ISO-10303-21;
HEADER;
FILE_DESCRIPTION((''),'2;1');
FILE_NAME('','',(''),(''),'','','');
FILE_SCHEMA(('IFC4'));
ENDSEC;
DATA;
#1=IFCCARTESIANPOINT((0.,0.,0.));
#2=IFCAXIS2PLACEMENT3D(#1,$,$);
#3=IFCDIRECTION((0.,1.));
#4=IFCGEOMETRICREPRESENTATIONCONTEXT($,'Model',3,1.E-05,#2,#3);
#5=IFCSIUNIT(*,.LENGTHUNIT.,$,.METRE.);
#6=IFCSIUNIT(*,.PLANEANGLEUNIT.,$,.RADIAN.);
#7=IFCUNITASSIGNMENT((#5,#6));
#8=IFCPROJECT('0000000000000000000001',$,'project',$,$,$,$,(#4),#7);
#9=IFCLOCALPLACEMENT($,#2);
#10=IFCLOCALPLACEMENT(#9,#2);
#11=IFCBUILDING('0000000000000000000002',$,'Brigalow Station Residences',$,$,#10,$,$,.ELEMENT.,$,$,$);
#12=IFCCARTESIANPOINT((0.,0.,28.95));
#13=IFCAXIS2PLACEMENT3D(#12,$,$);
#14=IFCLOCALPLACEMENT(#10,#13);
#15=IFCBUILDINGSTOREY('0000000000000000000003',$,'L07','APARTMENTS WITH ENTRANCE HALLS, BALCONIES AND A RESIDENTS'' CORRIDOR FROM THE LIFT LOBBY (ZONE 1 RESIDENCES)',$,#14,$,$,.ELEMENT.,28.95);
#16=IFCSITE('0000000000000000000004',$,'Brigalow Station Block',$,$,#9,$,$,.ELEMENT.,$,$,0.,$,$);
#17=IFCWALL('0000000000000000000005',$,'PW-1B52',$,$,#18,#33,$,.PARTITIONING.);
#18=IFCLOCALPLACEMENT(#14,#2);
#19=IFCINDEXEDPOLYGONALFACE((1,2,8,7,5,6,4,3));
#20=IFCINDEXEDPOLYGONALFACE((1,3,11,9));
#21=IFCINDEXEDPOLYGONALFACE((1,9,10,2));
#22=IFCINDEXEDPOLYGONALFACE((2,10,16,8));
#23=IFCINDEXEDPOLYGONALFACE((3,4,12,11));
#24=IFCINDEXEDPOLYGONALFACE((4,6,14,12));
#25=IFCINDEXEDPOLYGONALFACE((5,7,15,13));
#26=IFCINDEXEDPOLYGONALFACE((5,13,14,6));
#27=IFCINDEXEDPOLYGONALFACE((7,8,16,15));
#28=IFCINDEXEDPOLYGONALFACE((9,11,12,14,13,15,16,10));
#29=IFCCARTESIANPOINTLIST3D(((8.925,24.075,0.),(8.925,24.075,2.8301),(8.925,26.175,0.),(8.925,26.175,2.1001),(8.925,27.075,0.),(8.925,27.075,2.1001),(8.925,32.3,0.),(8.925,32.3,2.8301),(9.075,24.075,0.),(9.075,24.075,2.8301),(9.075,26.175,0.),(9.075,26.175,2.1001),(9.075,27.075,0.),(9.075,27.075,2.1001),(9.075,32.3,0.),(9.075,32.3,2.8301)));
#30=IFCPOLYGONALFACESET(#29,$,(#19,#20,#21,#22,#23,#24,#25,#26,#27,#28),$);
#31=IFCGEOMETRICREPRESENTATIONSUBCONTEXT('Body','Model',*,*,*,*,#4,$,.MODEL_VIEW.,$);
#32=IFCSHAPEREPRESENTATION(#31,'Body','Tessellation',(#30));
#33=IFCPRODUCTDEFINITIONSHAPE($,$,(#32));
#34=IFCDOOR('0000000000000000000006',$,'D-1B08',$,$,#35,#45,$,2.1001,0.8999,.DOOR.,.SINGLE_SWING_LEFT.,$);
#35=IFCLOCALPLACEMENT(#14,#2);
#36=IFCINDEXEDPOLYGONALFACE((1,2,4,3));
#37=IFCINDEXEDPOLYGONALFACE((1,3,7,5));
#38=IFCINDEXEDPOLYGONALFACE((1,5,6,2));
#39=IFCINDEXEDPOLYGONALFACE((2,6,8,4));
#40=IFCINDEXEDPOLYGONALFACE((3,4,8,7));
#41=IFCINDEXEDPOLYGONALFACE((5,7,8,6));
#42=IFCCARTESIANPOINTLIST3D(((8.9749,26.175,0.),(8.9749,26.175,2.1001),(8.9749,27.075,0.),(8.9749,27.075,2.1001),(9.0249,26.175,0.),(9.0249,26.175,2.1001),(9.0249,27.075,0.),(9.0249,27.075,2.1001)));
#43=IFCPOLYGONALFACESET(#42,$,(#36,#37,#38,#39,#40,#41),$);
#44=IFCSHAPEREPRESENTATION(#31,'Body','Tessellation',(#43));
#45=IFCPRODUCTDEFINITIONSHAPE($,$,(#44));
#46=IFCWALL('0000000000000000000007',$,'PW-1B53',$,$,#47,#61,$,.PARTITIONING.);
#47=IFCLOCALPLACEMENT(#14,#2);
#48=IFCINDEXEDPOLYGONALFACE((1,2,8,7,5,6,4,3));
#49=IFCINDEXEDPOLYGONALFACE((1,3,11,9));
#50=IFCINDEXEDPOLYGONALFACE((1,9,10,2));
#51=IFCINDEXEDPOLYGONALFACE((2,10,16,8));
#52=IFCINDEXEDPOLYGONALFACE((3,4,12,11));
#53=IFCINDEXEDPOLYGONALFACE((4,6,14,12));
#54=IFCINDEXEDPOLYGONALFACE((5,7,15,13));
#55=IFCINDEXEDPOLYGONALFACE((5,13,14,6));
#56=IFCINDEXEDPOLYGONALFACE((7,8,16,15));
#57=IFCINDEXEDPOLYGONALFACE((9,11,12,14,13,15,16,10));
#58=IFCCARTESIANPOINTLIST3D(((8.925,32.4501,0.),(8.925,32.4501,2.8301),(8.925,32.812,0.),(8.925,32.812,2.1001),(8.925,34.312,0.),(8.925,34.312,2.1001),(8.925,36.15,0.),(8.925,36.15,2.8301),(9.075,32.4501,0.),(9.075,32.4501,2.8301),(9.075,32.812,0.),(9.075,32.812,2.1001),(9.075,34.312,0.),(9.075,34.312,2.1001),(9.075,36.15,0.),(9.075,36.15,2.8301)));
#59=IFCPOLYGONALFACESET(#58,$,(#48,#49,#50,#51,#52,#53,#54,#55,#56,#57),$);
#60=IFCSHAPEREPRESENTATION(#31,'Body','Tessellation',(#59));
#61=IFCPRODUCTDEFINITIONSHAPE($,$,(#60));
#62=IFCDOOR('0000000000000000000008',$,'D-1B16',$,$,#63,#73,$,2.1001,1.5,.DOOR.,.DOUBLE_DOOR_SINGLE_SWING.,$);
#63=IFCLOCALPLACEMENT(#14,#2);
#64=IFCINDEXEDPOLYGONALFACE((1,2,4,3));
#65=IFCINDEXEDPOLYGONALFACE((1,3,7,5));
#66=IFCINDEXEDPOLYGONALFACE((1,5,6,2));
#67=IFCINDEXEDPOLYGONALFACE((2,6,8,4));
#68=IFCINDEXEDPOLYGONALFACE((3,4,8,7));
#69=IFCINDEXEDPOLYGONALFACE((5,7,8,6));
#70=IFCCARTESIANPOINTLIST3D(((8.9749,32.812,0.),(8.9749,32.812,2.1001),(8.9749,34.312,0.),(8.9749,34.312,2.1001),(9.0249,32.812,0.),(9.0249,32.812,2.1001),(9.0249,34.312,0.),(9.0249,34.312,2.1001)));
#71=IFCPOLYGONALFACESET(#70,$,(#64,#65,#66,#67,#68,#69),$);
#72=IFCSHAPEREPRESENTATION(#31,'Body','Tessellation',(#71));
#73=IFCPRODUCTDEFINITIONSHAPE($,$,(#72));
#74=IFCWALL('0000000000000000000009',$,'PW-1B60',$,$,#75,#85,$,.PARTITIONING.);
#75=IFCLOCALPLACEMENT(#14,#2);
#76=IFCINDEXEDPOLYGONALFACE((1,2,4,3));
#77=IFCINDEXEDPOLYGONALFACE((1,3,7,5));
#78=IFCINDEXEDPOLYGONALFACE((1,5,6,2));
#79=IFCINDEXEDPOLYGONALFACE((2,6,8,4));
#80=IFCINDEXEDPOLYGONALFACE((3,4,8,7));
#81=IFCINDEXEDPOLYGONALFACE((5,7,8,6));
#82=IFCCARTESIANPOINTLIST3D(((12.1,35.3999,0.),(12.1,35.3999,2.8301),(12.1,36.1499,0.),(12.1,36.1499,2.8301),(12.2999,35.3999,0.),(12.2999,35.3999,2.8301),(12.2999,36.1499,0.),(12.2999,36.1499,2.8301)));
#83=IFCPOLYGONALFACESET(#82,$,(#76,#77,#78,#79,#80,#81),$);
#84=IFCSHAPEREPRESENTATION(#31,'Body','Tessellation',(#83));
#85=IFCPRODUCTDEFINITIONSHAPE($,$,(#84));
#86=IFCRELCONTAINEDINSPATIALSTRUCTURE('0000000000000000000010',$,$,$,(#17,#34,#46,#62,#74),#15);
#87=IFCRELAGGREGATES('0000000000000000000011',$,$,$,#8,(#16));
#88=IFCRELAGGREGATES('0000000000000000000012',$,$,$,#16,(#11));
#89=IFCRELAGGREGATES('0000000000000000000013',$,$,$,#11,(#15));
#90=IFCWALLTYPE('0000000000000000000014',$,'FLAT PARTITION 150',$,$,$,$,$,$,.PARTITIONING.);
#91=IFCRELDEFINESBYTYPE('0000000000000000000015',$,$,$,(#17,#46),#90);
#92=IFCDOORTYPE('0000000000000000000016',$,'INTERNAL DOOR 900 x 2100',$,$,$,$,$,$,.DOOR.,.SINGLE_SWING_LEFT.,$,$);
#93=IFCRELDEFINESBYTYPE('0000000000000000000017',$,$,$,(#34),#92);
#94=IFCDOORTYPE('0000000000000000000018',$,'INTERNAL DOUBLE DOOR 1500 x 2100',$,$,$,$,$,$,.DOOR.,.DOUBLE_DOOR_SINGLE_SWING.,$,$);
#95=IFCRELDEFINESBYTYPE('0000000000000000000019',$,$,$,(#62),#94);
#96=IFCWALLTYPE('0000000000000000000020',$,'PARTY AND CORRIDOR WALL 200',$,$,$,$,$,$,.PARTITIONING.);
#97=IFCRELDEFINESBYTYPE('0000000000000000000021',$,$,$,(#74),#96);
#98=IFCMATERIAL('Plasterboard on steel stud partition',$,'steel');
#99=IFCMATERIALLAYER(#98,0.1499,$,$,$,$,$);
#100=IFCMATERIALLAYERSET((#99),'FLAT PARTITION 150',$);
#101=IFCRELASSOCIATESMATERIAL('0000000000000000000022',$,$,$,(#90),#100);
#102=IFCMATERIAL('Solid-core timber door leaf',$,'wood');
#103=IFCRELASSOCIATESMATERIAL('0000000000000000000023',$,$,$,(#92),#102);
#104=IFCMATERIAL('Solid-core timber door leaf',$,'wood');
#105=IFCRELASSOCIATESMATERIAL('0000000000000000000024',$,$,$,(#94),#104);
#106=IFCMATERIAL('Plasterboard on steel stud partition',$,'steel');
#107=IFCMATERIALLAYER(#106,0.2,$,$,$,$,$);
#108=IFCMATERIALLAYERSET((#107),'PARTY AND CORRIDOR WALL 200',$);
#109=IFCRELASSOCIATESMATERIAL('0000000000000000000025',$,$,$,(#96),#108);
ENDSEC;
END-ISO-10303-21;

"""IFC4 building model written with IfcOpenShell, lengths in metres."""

from ifc_helpers import new_model, si_unit, direction, frame, frame_2d, origin, place, context, subcontext, project, spatial, rectangle, extrude, material, layer, layer_set, type_object, element, fill, save


model = new_model("IFC4")

# Units and contexts
model_context = context("Model", 3, precision=1e-05, world=origin(), true_north=direction((0.0, 1.0)))
body_context = subcontext(model_context, "Body", "Model", "MODEL_VIEW")
ifc_project = project(units=[si_unit("LENGTHUNIT", "METRE"), si_unit("PLANEANGLEUNIT", "RADIAN")], contexts=[model_context])

# Site, building, storey
site_placement = place(None, origin())
site = spatial("IfcSite", under=ifc_project, at=site_placement, Name="Brigalow Station Block", CompositionType="ELEMENT", RefElevation=0.0)
building_placement = place(site_placement, origin())
building = spatial("IfcBuilding", under=site, at=building_placement, Name="Brigalow Station Residences", CompositionType="ELEMENT")
storey_placement = place(building_placement, frame((0.0, 0.0, 28.95)))
storey = spatial("IfcBuildingStorey", under=building, at=storey_placement, Name="L07", Description="APARTMENTS WITH ENTRANCE HALLS, BALCONIES AND A RESIDENTS' CORRIDOR FROM THE LIFT LOBBY (ZONE 1 RESIDENCES)", CompositionType="ELEMENT", Elevation=28.95)

# Walls, openings, doors
ifc_material_1 = material(Name="Plasterboard on steel stud partition", Category="steel")
ifc_layer_1 = layer(ifc_material_1, 0.1499)
ifc_layer_set_1 = layer_set([ifc_layer_1], Name="FLAT PARTITION 150")
wall_type_1 = type_object("IfcWallType", Name="FLAT PARTITION 150", PredefinedType="PARTITIONING", material=ifc_layer_set_1)
ifc_material_2 = material(Name="Solid-core timber door leaf", Category="wood")
door_type_1 = type_object("IfcDoorType", Name="INTERNAL DOOR 900 x 2100", OperationType="SINGLE_SWING_LEFT", PredefinedType="DOOR", material=ifc_material_2)
wall_1_placement = place(storey_placement, frame((9.0, 24.075, 0.0), z_axis=(0.0, 0.0, 1.0), x_axis=(0.0, 1.0, 0.0)))
wall_1 = element("IfcWall", 1, at=wall_1_placement, inside=storey, type_object=wall_type_1, Name="PW-1B52", PredefinedType="PARTITIONING", context=body_context, shape_type="SweptSolid", body=[
    extrude(rectangle(XDim=8.2251, YDim=0.1499, at=frame_2d((4.1125, 0.0))), origin(), (0.0, 0.0, 1.0), 2.8301),
])
opening_1_placement = place(wall_1_placement, frame((2.1001, 0.0, 0.0)))
opening_1 = element("IfcOpeningElement", 2, at=opening_1_placement, cuts=wall_1, PredefinedType="OPENING", context=body_context, shape_type="SweptSolid", body=[
    extrude(rectangle(XDim=0.8999, YDim=2.1001, at=frame_2d((0.45, 1.05))), frame((0.0, 0.085, 0.0), z_axis=(0.0, -1.0, 0.0), x_axis=(1.0, 0.0, 0.0)), (0.0, 0.0, 1.0), 0.1699),
])
door_1_placement = place(opening_1_placement, frame((0.8999, 0.0, 0.0), z_axis=(0.0, 0.0, 1.0), x_axis=(-1.0, 0.0, 0.0)))
door_1 = element("IfcDoor", 3, at=door_1_placement, inside=storey, type_object=door_type_1, Name="D-1B08", OperationType="SINGLE_SWING_LEFT", OverallHeight=2.1001, OverallWidth=0.8999, PredefinedType="DOOR", context=body_context, shape_type="SweptSolid", body=[
    extrude(rectangle(XDim=0.8999, YDim=2.1001, at=frame_2d((0.45, 1.05))), frame((0.0, 0.0249, 0.0), z_axis=(0.0, -1.0, 0.0), x_axis=(1.0, 0.0, 0.0)), (0.0, 0.0, 1.0), 0.05),
])
fill(opening_1, door_1)
wall_2_placement = place(storey_placement, frame((9.0, 32.45, 0.0), z_axis=(0.0, 0.0, 1.0), x_axis=(0.0, 1.0, 0.0)))
wall_2 = element("IfcWall", 4, at=wall_2_placement, inside=storey, type_object=wall_type_1, Name="PW-1B53", PredefinedType="PARTITIONING", context=body_context, shape_type="SweptSolid", body=[
    extrude(rectangle(XDim=3.7, YDim=0.1499, at=frame_2d((1.8501, 0.0))), origin(), (0.0, 0.0, 1.0), 2.8301),
])
opening_2_placement = place(wall_2_placement, frame((0.3621, 0.0, 0.0)))
opening_2 = element("IfcOpeningElement", 5, at=opening_2_placement, cuts=wall_2, PredefinedType="OPENING", context=body_context, shape_type="SweptSolid", body=[
    extrude(rectangle(XDim=1.5, YDim=2.1001, at=frame_2d((0.75, 1.05))), frame((0.0, 0.085, 0.0), z_axis=(0.0, -1.0, 0.0), x_axis=(1.0, 0.0, 0.0)), (0.0, 0.0, 1.0), 0.1699),
])
ifc_material_3 = material(Name="Solid-core timber door leaf", Category="wood")
door_type_2 = type_object("IfcDoorType", Name="INTERNAL DOUBLE DOOR 1500 x 2100", OperationType="DOUBLE_DOOR_SINGLE_SWING", PredefinedType="DOOR", material=ifc_material_3)
door_2_placement = place(opening_2_placement, frame((1.5, 0.0, 0.0), z_axis=(0.0, 0.0, 1.0), x_axis=(-1.0, 0.0, 0.0)))
door_2 = element("IfcDoor", 6, at=door_2_placement, inside=storey, type_object=door_type_2, Name="D-1B16", OperationType="DOUBLE_DOOR_SINGLE_SWING", OverallHeight=2.1001, OverallWidth=1.5, PredefinedType="DOOR", context=body_context, shape_type="SweptSolid", body=[
    extrude(rectangle(XDim=1.5, YDim=2.1001, at=frame_2d((0.75, 1.05))), frame((0.0, 0.0249, 0.0), z_axis=(0.0, -1.0, 0.0), x_axis=(1.0, 0.0, 0.0)), (0.0, 0.0, 1.0), 0.05),
])
fill(opening_2, door_2)

# Wall
ifc_material_4 = material(Name="Plasterboard on steel stud partition", Category="steel")
ifc_layer_2 = layer(ifc_material_4, 0.2)
ifc_layer_set_2 = layer_set([ifc_layer_2], Name="PARTY AND CORRIDOR WALL 200")
wall_type_2 = type_object("IfcWallType", Name="PARTY AND CORRIDOR WALL 200", PredefinedType="PARTITIONING", material=ifc_layer_set_2)
wall_3_placement = place(storey_placement, frame((12.2, 35.3999, 0.0), z_axis=(0.0, 0.0, 1.0), x_axis=(0.0, 1.0, 0.0)))
element("IfcWall", 7, at=wall_3_placement, inside=storey, type_object=wall_type_2, Name="PW-1B60", PredefinedType="PARTITIONING", context=body_context, shape_type="SweptSolid", body=[
    extrude(rectangle(XDim=0.75, YDim=0.2, at=frame_2d((0.375, 0.0))), origin(), (0.0, 0.0, 1.0), 2.8301),
])

save(model, "model.ifc")
